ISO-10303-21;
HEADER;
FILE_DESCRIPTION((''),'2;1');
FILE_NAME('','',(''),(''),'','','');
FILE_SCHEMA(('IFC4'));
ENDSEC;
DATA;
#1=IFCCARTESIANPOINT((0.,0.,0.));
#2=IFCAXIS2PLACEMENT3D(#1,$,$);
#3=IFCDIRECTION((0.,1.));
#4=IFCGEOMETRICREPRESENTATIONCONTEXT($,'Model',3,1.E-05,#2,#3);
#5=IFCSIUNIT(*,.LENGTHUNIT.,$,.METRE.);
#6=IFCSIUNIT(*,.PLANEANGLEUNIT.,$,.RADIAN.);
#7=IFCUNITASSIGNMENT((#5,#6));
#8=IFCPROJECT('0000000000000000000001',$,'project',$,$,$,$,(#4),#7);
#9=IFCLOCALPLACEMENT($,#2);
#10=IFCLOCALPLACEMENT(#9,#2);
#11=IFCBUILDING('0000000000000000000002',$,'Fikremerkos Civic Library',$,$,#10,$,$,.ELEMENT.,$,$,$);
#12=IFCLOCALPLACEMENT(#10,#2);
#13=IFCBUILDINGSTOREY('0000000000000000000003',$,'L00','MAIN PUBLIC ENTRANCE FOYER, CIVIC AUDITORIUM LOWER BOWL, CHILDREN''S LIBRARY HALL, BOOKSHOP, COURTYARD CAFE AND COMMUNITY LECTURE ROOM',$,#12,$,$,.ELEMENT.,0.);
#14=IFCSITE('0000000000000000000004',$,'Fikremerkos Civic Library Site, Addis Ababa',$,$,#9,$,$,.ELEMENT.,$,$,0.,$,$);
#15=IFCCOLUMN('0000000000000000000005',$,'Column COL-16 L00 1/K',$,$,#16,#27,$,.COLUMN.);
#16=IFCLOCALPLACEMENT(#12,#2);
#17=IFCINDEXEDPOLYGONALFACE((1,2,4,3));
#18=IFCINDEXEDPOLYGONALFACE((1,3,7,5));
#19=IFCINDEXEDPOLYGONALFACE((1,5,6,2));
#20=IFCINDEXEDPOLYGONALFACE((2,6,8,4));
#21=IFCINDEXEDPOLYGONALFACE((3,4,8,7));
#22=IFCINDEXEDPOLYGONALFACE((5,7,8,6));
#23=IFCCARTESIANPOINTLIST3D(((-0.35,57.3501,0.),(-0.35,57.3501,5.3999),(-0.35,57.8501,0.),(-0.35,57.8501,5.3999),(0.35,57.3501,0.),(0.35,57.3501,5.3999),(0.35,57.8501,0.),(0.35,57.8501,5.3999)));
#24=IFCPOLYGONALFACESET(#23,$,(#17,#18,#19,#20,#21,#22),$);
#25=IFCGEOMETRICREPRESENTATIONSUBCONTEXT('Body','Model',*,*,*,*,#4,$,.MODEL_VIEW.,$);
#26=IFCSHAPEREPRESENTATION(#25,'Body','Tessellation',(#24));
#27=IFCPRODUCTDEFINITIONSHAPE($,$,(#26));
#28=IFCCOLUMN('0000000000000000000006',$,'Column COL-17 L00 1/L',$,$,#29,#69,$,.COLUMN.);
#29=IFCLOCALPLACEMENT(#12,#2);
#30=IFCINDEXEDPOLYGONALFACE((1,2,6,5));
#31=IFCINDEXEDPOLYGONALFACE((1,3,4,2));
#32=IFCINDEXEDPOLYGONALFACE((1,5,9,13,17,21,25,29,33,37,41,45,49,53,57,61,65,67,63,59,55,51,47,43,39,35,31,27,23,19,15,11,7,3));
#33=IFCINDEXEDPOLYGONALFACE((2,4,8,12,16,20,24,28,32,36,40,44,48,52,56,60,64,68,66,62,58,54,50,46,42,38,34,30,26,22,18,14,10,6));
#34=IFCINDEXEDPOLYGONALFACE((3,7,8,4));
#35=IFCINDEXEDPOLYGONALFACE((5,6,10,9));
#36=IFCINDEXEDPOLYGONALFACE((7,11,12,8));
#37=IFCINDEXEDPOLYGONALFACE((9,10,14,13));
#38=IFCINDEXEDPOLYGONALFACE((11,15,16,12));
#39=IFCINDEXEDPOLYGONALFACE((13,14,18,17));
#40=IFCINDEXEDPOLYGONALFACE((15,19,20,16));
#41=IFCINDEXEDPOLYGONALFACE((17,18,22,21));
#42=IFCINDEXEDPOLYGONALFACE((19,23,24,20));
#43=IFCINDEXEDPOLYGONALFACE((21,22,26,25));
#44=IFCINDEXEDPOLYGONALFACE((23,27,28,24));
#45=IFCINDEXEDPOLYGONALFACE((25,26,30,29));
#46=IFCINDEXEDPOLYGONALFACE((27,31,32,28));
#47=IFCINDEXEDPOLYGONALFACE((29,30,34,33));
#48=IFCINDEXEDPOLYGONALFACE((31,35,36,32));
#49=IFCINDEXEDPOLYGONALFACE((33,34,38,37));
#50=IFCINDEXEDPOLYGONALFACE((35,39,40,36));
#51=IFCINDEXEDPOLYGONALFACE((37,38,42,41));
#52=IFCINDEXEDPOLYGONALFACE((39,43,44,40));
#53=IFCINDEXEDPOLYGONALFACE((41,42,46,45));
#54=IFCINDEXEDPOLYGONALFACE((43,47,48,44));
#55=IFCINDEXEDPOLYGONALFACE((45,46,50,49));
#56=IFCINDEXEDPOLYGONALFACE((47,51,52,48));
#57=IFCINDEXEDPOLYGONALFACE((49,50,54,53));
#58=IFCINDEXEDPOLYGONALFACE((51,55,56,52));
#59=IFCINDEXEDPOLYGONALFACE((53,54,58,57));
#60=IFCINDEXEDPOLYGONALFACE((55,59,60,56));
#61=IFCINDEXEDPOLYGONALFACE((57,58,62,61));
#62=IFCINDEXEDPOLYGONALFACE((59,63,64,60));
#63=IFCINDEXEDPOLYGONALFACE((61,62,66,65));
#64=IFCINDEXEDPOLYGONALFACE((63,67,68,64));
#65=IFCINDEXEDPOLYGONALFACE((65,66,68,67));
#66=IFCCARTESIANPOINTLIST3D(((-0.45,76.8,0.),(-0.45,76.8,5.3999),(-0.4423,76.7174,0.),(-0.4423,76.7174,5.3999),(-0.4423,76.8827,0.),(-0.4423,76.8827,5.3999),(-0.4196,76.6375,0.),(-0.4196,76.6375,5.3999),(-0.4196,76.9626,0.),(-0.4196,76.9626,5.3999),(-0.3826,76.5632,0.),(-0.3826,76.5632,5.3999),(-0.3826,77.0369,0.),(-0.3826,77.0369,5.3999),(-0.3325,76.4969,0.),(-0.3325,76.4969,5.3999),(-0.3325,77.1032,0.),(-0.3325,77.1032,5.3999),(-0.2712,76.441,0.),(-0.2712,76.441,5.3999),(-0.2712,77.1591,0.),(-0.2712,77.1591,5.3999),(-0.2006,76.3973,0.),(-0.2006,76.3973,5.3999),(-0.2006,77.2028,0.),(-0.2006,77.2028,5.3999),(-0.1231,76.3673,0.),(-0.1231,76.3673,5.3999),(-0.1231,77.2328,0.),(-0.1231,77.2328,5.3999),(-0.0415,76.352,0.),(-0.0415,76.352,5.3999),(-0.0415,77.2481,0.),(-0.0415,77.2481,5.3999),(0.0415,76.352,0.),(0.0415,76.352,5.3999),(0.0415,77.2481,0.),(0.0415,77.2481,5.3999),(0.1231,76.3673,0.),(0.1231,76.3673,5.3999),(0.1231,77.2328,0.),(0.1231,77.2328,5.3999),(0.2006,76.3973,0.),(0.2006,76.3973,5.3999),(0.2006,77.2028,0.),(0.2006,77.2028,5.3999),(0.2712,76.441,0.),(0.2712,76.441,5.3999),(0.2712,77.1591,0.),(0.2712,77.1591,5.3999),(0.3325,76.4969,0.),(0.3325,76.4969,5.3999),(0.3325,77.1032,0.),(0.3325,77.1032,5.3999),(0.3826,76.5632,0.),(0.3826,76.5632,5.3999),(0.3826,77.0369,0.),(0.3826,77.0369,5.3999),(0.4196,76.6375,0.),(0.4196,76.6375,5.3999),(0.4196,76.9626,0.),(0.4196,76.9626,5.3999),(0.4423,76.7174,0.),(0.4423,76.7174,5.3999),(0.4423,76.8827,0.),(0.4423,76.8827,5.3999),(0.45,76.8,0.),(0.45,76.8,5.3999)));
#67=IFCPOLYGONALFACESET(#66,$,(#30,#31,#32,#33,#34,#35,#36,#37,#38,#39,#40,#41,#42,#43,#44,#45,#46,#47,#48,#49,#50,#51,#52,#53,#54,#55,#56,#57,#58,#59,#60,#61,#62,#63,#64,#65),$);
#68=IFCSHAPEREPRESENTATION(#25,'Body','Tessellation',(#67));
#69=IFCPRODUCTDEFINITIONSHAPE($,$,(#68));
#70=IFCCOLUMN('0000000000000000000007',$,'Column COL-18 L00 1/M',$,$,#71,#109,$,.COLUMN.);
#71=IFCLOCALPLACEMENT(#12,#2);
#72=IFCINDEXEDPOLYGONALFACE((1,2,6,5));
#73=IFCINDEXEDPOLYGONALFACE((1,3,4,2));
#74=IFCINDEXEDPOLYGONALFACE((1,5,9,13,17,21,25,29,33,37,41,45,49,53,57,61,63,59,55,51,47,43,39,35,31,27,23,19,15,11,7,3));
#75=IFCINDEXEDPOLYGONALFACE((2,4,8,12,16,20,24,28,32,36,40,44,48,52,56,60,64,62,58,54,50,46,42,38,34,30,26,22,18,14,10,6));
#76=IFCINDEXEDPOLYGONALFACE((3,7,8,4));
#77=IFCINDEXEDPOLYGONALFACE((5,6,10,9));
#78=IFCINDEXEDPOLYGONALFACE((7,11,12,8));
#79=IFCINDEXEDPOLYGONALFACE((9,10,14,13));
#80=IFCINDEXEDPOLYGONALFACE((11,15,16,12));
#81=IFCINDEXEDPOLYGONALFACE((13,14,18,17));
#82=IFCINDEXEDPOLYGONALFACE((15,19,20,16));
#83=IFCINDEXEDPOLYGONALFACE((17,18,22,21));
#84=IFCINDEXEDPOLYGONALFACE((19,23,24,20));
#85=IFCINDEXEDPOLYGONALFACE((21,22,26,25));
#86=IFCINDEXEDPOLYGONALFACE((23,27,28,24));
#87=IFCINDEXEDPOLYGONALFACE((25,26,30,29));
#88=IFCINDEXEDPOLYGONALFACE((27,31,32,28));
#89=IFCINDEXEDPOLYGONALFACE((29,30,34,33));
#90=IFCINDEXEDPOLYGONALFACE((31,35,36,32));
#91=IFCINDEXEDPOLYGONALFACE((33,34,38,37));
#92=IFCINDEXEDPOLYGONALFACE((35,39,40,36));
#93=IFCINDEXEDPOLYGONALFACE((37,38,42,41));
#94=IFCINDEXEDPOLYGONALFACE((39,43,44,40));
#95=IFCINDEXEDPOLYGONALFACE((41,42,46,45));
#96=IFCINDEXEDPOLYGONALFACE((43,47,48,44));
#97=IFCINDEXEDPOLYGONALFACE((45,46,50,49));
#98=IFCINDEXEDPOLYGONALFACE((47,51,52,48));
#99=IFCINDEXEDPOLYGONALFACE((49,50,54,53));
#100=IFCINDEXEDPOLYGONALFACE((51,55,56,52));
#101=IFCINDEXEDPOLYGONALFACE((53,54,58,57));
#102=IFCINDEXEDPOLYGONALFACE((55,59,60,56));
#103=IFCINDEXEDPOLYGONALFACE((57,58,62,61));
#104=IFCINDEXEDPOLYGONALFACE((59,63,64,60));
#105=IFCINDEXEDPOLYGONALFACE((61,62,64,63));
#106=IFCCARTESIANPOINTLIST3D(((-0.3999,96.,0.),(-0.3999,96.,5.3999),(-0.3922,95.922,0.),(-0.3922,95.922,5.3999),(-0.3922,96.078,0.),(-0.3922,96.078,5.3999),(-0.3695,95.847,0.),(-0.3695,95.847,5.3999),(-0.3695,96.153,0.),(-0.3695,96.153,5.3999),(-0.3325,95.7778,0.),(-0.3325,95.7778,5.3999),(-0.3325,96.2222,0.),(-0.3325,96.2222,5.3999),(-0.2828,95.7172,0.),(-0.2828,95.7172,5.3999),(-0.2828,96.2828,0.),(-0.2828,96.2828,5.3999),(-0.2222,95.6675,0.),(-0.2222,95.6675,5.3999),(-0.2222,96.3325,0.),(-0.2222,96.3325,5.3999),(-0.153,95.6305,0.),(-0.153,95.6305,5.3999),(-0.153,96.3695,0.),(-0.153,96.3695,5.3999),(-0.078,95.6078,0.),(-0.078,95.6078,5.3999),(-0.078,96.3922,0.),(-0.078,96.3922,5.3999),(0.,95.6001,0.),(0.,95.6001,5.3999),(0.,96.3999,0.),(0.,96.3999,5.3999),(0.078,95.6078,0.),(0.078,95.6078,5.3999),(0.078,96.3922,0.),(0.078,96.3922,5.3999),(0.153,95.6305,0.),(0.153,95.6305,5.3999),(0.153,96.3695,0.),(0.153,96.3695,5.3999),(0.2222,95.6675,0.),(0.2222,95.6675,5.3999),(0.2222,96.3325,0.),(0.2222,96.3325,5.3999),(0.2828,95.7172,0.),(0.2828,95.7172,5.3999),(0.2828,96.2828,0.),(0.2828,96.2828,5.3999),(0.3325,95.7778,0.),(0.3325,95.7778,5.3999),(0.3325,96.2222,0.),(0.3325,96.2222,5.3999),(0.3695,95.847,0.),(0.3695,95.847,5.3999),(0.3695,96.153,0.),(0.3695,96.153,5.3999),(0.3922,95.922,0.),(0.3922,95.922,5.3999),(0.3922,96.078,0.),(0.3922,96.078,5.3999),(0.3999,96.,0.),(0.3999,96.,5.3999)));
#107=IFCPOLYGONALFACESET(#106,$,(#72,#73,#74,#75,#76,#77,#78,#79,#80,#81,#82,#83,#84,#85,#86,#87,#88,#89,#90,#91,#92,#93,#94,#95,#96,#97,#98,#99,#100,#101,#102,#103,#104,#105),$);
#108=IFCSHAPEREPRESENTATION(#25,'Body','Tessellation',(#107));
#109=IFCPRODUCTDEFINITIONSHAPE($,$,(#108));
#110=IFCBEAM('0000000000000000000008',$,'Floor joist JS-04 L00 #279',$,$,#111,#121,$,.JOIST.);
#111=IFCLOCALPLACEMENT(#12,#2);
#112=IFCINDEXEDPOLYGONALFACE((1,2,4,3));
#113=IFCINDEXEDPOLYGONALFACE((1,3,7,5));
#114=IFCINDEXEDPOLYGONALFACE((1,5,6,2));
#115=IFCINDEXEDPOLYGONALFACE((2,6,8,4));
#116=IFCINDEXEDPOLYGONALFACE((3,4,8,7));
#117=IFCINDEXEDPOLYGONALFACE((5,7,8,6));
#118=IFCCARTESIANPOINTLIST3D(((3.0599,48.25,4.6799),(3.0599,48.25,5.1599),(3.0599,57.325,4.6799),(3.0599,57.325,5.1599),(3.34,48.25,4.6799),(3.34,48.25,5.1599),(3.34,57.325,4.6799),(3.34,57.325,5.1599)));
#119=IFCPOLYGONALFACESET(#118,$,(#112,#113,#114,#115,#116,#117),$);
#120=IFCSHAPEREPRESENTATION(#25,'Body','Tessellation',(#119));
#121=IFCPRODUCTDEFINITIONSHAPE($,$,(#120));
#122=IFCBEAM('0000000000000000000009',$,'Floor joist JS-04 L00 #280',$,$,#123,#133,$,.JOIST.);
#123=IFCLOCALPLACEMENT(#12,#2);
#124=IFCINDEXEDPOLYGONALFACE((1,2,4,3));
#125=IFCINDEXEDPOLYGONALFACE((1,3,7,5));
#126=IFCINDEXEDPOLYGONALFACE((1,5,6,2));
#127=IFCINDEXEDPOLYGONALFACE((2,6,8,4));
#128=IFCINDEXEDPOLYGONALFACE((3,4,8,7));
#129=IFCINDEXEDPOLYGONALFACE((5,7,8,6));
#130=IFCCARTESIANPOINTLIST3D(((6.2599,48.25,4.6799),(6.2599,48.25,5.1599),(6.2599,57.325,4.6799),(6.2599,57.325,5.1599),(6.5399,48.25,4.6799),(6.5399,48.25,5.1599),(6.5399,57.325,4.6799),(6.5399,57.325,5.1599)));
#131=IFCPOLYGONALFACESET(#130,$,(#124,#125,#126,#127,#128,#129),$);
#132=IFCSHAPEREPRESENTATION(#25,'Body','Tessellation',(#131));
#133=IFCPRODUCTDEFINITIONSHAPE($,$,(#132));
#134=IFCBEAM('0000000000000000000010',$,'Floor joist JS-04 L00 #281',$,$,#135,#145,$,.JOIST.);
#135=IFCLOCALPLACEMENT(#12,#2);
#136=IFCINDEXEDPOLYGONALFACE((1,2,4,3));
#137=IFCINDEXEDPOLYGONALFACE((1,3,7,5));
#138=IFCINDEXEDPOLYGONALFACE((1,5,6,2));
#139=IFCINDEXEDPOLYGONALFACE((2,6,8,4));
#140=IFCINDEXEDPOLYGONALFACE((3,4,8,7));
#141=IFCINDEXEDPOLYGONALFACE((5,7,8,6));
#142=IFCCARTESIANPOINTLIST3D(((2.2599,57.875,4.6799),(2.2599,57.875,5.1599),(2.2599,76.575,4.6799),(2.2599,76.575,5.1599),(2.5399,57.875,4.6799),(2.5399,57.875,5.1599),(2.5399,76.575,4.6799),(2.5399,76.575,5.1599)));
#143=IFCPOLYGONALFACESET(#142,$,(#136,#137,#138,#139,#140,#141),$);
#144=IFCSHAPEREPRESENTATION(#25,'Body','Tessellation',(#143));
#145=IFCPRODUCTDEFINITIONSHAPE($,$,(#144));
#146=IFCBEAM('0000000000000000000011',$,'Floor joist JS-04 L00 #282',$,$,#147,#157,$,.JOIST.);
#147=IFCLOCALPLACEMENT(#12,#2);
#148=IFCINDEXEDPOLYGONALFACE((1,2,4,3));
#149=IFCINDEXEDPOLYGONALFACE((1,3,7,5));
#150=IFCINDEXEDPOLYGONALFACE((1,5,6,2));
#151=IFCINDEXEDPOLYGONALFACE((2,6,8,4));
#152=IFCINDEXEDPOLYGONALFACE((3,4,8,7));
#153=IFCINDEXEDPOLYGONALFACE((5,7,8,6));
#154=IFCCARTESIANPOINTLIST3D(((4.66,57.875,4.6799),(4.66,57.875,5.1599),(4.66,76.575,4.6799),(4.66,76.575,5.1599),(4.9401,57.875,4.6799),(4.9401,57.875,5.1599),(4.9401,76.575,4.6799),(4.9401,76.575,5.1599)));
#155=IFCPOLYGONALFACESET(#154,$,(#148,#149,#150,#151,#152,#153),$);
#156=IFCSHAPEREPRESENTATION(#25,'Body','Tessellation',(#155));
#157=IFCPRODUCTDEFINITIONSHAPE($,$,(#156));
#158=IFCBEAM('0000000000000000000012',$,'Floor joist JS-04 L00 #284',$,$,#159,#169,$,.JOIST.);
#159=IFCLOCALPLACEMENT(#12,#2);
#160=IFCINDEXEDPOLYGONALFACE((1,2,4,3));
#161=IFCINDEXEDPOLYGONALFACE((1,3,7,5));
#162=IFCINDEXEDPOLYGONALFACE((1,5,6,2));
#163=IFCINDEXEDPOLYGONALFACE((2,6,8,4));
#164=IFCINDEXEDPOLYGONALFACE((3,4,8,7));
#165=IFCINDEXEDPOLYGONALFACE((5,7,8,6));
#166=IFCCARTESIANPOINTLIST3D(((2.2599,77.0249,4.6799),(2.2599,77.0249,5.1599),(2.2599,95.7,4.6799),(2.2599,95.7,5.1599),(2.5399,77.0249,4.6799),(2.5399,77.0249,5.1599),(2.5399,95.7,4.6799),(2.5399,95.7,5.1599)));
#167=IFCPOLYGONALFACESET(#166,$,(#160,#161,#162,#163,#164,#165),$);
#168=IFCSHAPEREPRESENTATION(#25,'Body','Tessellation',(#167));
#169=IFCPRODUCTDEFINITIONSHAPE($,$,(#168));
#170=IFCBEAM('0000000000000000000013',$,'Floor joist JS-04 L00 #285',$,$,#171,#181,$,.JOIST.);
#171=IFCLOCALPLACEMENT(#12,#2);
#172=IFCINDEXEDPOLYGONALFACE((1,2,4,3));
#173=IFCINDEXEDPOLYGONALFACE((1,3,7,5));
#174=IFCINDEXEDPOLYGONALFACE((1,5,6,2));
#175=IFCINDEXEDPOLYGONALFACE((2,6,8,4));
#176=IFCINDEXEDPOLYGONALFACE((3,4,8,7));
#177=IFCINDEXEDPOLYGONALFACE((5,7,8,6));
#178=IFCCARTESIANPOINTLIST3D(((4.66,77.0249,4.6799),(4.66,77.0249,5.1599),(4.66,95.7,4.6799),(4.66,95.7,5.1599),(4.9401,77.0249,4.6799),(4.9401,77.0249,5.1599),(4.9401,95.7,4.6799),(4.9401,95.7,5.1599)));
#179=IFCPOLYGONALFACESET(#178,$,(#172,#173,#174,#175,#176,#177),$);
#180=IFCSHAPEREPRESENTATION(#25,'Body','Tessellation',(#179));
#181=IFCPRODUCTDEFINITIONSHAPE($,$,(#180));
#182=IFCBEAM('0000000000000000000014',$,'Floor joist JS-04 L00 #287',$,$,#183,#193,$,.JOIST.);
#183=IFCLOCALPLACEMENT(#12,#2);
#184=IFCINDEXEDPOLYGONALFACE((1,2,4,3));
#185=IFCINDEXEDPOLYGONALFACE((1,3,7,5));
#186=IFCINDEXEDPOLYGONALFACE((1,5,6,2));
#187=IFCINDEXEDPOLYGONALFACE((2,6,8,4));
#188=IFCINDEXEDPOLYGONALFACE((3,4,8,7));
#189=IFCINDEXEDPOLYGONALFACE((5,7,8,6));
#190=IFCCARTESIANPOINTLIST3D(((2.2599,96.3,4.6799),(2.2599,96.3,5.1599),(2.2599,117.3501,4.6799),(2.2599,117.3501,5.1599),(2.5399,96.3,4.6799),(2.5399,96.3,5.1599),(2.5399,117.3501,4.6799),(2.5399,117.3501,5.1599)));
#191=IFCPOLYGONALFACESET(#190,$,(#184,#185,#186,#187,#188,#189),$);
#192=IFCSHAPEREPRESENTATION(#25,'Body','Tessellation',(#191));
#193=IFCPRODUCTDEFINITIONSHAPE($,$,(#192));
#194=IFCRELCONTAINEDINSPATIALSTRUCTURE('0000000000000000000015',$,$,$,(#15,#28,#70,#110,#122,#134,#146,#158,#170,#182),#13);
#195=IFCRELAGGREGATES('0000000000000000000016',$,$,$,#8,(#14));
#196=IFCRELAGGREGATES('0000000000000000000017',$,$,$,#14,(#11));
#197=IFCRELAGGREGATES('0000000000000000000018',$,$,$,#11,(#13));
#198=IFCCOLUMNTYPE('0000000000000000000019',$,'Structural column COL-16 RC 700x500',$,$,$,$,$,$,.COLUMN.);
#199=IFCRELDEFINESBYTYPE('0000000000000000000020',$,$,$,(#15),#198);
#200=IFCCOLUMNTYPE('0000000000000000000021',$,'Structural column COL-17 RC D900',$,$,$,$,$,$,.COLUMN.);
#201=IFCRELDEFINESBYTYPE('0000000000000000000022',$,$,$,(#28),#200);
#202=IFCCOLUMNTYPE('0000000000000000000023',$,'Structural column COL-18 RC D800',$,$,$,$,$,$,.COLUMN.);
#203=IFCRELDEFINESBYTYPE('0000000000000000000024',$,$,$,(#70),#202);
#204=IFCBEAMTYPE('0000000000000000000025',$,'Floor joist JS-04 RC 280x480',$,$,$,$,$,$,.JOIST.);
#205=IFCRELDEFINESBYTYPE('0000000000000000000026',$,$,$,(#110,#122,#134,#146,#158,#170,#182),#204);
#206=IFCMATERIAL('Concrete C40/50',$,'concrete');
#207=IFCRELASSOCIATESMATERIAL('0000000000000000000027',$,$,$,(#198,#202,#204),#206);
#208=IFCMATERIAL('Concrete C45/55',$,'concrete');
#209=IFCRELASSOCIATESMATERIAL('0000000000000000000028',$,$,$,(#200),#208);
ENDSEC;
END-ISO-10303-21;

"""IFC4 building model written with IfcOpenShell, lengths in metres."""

from ifc_helpers import new_model, si_unit, direction, frame, origin, origin_2d, place, context, subcontext, project, spatial, rectangle, circle, extrude, material, material_profile, profile_set, type_object, element, save


model = new_model("IFC4")

# Units and contexts
model_context = context("Model", 3, precision=1e-05, world=origin(), true_north=direction((0.0, 1.0)))
body_context = subcontext(model_context, "Body", "Model", "MODEL_VIEW")
ifc_project = project(units=[si_unit("LENGTHUNIT", "METRE"), si_unit("PLANEANGLEUNIT", "RADIAN")], contexts=[model_context])

# Site, building, storey
site_placement = place(None, origin())
site = spatial("IfcSite", under=ifc_project, at=site_placement, Name="Fikremerkos Civic Library Site, Addis Ababa", CompositionType="ELEMENT", RefElevation=0.0)
building_placement = place(site_placement, origin())
building = spatial("IfcBuilding", under=site, at=building_placement, Name="Fikremerkos Civic Library", CompositionType="ELEMENT")
storey_placement = place(building_placement, origin())
storey = spatial("IfcBuildingStorey", under=building, at=storey_placement, Name="L00", Description="MAIN PUBLIC ENTRANCE FOYER, CIVIC AUDITORIUM LOWER BOWL, CHILDREN'S LIBRARY HALL, BOOKSHOP, COURTYARD CAFE AND COMMUNITY LECTURE ROOM", CompositionType="ELEMENT", Elevation=0.0)

# Columns
ifc_material_1 = material(Name="Concrete C40/50", Category="concrete")
ifc_material_profile_1 = material_profile(ifc_material_1, rectangle(XDim=0.7, YDim=0.5, at=origin_2d()), Name="RC 700x500")
ifc_profile_set_1 = profile_set([ifc_material_profile_1], Name="Concrete C40/50")
column_type_1 = type_object("IfcColumnType", Name="Structural column COL-16 RC 700x500", PredefinedType="COLUMN", material=ifc_profile_set_1)
column_1_placement = place(storey_placement, frame((0.0, 57.6001, 0.0), z_axis=(0.0, 0.0, 1.0), x_axis=(1.0, 0.0, 0.0)))
element("IfcColumn", 1, at=column_1_placement, inside=storey, type_object=column_type_1, Name="Column COL-16 L00 1/K", PredefinedType="COLUMN", context=body_context, shape_type="SweptSolid", body=[
    extrude(rectangle(XDim=0.7, YDim=0.5, at=origin_2d()), origin(), (0.0, 0.0, 1.0), 5.3999),
])
ifc_material_2 = material(Name="Concrete C45/55", Category="concrete")
ifc_material_profile_2 = material_profile(ifc_material_2, circle(Radius=0.45, at=origin_2d()), Name="RC D900")
ifc_profile_set_2 = profile_set([ifc_material_profile_2], Name="Concrete C45/55")
column_type_2 = type_object("IfcColumnType", Name="Structural column COL-17 RC D900", PredefinedType="COLUMN", material=ifc_profile_set_2)
column_2_placement = place(storey_placement, frame((0.0, 76.8, 0.0), z_axis=(0.0, 0.0, 1.0), x_axis=(1.0, 0.0, 0.0)))
element("IfcColumn", 2, at=column_2_placement, inside=storey, type_object=column_type_2, Name="Column COL-17 L00 1/L", PredefinedType="COLUMN", context=body_context, shape_type="SweptSolid", body=[
    extrude(circle(Radius=0.45, at=origin_2d()), origin(), (0.0, 0.0, 1.0), 5.3999),
])
ifc_material_profile_3 = material_profile(ifc_material_1, circle(Radius=0.3999, at=origin_2d()), Name="RC D800")
ifc_profile_set_3 = profile_set([ifc_material_profile_3], Name="Concrete C40/50")
column_type_3 = type_object("IfcColumnType", Name="Structural column COL-18 RC D800", PredefinedType="COLUMN", material=ifc_profile_set_3)
column_3_placement = place(storey_placement, frame((0.0, 96.0, 0.0), z_axis=(0.0, 0.0, 1.0), x_axis=(1.0, 0.0, 0.0)))
element("IfcColumn", 3, at=column_3_placement, inside=storey, type_object=column_type_3, Name="Column COL-18 L00 1/M", PredefinedType="COLUMN", context=body_context, shape_type="SweptSolid", body=[
    extrude(circle(Radius=0.3999, at=origin_2d()), origin(), (0.0, 0.0, 1.0), 5.3999),
])

# Beams
ifc_material_profile_4 = material_profile(ifc_material_1, rectangle(XDim=0.28, YDim=0.48, at=origin_2d()), Name="RC 280x480")
ifc_profile_set_4 = profile_set([ifc_material_profile_4], Name="Concrete C40/50")
beam_type_1 = type_object("IfcBeamType", Name="Floor joist JS-04 RC 280x480", PredefinedType="JOIST", material=ifc_profile_set_4)
for number, where, z_axis, x_axis, name in (
    (4, (3.2, 48.25, 4.9199), (0.0, 1.0, 0.0), (-1.0, 0.0, 0.0), "Floor joist JS-04 L00 #279"),
    (5, (6.3999, 48.25, 4.9199), (0.0, 1.0, 0.0), (-1.0, 0.0, 0.0), "Floor joist JS-04 L00 #280"),
):
    element("IfcBeam", number, at=place(storey_placement, frame(where, z_axis=z_axis, x_axis=x_axis)), inside=storey, type_object=beam_type_1, Name=name, PredefinedType="JOIST", context=body_context, shape_type="SweptSolid", body=[
        extrude(rectangle(XDim=0.28, YDim=0.48, at=origin_2d()), origin(), (0.0, 0.0, 1.0), 9.075),
    ])
for number, where, z_axis, x_axis, name in (
    (6, (2.3999, 57.875, 4.9199), (0.0, 1.0, 0.0), (-1.0, 0.0, 0.0), "Floor joist JS-04 L00 #281"),
    (7, (4.8, 57.875, 4.9199), (0.0, 1.0, 0.0), (-1.0, 0.0, 0.0), "Floor joist JS-04 L00 #282"),
):
    element("IfcBeam", number, at=place(storey_placement, frame(where, z_axis=z_axis, x_axis=x_axis)), inside=storey, type_object=beam_type_1, Name=name, PredefinedType="JOIST", context=body_context, shape_type="SweptSolid", body=[
        extrude(rectangle(XDim=0.28, YDim=0.48, at=origin_2d()), origin(), (0.0, 0.0, 1.0), 18.7),
    ])
for number, where, z_axis, x_axis, name in (
    (8, (2.3999, 77.0249, 4.9199), (0.0, 1.0, 0.0), (-1.0, 0.0, 0.0), "Floor joist JS-04 L00 #284"),
    (9, (4.8, 77.0249, 4.9199), (0.0, 1.0, 0.0), (-1.0, 0.0, 0.0), "Floor joist JS-04 L00 #285"),
):
    element("IfcBeam", number, at=place(storey_placement, frame(where, z_axis=z_axis, x_axis=x_axis)), inside=storey, type_object=beam_type_1, Name=name, PredefinedType="JOIST", context=body_context, shape_type="SweptSolid", body=[
        extrude(rectangle(XDim=0.28, YDim=0.48, at=origin_2d()), origin(), (0.0, 0.0, 1.0), 18.675),
    ])
for number, where, z_axis, x_axis, name in (
    (10, (2.3999, 96.3, 4.9199), (0.0, 1.0, 0.0), (-1.0, 0.0, 0.0), "Floor joist JS-04 L00 #287"),
):
    element("IfcBeam", number, at=place(storey_placement, frame(where, z_axis=z_axis, x_axis=x_axis)), inside=storey, type_object=beam_type_1, Name=name, PredefinedType="JOIST", context=body_context, shape_type="SweptSolid", body=[
        extrude(rectangle(XDim=0.28, YDim=0.48, at=origin_2d()), origin(), (0.0, 0.0, 1.0), 21.05),
    ])

save(model, "model.ifc")
